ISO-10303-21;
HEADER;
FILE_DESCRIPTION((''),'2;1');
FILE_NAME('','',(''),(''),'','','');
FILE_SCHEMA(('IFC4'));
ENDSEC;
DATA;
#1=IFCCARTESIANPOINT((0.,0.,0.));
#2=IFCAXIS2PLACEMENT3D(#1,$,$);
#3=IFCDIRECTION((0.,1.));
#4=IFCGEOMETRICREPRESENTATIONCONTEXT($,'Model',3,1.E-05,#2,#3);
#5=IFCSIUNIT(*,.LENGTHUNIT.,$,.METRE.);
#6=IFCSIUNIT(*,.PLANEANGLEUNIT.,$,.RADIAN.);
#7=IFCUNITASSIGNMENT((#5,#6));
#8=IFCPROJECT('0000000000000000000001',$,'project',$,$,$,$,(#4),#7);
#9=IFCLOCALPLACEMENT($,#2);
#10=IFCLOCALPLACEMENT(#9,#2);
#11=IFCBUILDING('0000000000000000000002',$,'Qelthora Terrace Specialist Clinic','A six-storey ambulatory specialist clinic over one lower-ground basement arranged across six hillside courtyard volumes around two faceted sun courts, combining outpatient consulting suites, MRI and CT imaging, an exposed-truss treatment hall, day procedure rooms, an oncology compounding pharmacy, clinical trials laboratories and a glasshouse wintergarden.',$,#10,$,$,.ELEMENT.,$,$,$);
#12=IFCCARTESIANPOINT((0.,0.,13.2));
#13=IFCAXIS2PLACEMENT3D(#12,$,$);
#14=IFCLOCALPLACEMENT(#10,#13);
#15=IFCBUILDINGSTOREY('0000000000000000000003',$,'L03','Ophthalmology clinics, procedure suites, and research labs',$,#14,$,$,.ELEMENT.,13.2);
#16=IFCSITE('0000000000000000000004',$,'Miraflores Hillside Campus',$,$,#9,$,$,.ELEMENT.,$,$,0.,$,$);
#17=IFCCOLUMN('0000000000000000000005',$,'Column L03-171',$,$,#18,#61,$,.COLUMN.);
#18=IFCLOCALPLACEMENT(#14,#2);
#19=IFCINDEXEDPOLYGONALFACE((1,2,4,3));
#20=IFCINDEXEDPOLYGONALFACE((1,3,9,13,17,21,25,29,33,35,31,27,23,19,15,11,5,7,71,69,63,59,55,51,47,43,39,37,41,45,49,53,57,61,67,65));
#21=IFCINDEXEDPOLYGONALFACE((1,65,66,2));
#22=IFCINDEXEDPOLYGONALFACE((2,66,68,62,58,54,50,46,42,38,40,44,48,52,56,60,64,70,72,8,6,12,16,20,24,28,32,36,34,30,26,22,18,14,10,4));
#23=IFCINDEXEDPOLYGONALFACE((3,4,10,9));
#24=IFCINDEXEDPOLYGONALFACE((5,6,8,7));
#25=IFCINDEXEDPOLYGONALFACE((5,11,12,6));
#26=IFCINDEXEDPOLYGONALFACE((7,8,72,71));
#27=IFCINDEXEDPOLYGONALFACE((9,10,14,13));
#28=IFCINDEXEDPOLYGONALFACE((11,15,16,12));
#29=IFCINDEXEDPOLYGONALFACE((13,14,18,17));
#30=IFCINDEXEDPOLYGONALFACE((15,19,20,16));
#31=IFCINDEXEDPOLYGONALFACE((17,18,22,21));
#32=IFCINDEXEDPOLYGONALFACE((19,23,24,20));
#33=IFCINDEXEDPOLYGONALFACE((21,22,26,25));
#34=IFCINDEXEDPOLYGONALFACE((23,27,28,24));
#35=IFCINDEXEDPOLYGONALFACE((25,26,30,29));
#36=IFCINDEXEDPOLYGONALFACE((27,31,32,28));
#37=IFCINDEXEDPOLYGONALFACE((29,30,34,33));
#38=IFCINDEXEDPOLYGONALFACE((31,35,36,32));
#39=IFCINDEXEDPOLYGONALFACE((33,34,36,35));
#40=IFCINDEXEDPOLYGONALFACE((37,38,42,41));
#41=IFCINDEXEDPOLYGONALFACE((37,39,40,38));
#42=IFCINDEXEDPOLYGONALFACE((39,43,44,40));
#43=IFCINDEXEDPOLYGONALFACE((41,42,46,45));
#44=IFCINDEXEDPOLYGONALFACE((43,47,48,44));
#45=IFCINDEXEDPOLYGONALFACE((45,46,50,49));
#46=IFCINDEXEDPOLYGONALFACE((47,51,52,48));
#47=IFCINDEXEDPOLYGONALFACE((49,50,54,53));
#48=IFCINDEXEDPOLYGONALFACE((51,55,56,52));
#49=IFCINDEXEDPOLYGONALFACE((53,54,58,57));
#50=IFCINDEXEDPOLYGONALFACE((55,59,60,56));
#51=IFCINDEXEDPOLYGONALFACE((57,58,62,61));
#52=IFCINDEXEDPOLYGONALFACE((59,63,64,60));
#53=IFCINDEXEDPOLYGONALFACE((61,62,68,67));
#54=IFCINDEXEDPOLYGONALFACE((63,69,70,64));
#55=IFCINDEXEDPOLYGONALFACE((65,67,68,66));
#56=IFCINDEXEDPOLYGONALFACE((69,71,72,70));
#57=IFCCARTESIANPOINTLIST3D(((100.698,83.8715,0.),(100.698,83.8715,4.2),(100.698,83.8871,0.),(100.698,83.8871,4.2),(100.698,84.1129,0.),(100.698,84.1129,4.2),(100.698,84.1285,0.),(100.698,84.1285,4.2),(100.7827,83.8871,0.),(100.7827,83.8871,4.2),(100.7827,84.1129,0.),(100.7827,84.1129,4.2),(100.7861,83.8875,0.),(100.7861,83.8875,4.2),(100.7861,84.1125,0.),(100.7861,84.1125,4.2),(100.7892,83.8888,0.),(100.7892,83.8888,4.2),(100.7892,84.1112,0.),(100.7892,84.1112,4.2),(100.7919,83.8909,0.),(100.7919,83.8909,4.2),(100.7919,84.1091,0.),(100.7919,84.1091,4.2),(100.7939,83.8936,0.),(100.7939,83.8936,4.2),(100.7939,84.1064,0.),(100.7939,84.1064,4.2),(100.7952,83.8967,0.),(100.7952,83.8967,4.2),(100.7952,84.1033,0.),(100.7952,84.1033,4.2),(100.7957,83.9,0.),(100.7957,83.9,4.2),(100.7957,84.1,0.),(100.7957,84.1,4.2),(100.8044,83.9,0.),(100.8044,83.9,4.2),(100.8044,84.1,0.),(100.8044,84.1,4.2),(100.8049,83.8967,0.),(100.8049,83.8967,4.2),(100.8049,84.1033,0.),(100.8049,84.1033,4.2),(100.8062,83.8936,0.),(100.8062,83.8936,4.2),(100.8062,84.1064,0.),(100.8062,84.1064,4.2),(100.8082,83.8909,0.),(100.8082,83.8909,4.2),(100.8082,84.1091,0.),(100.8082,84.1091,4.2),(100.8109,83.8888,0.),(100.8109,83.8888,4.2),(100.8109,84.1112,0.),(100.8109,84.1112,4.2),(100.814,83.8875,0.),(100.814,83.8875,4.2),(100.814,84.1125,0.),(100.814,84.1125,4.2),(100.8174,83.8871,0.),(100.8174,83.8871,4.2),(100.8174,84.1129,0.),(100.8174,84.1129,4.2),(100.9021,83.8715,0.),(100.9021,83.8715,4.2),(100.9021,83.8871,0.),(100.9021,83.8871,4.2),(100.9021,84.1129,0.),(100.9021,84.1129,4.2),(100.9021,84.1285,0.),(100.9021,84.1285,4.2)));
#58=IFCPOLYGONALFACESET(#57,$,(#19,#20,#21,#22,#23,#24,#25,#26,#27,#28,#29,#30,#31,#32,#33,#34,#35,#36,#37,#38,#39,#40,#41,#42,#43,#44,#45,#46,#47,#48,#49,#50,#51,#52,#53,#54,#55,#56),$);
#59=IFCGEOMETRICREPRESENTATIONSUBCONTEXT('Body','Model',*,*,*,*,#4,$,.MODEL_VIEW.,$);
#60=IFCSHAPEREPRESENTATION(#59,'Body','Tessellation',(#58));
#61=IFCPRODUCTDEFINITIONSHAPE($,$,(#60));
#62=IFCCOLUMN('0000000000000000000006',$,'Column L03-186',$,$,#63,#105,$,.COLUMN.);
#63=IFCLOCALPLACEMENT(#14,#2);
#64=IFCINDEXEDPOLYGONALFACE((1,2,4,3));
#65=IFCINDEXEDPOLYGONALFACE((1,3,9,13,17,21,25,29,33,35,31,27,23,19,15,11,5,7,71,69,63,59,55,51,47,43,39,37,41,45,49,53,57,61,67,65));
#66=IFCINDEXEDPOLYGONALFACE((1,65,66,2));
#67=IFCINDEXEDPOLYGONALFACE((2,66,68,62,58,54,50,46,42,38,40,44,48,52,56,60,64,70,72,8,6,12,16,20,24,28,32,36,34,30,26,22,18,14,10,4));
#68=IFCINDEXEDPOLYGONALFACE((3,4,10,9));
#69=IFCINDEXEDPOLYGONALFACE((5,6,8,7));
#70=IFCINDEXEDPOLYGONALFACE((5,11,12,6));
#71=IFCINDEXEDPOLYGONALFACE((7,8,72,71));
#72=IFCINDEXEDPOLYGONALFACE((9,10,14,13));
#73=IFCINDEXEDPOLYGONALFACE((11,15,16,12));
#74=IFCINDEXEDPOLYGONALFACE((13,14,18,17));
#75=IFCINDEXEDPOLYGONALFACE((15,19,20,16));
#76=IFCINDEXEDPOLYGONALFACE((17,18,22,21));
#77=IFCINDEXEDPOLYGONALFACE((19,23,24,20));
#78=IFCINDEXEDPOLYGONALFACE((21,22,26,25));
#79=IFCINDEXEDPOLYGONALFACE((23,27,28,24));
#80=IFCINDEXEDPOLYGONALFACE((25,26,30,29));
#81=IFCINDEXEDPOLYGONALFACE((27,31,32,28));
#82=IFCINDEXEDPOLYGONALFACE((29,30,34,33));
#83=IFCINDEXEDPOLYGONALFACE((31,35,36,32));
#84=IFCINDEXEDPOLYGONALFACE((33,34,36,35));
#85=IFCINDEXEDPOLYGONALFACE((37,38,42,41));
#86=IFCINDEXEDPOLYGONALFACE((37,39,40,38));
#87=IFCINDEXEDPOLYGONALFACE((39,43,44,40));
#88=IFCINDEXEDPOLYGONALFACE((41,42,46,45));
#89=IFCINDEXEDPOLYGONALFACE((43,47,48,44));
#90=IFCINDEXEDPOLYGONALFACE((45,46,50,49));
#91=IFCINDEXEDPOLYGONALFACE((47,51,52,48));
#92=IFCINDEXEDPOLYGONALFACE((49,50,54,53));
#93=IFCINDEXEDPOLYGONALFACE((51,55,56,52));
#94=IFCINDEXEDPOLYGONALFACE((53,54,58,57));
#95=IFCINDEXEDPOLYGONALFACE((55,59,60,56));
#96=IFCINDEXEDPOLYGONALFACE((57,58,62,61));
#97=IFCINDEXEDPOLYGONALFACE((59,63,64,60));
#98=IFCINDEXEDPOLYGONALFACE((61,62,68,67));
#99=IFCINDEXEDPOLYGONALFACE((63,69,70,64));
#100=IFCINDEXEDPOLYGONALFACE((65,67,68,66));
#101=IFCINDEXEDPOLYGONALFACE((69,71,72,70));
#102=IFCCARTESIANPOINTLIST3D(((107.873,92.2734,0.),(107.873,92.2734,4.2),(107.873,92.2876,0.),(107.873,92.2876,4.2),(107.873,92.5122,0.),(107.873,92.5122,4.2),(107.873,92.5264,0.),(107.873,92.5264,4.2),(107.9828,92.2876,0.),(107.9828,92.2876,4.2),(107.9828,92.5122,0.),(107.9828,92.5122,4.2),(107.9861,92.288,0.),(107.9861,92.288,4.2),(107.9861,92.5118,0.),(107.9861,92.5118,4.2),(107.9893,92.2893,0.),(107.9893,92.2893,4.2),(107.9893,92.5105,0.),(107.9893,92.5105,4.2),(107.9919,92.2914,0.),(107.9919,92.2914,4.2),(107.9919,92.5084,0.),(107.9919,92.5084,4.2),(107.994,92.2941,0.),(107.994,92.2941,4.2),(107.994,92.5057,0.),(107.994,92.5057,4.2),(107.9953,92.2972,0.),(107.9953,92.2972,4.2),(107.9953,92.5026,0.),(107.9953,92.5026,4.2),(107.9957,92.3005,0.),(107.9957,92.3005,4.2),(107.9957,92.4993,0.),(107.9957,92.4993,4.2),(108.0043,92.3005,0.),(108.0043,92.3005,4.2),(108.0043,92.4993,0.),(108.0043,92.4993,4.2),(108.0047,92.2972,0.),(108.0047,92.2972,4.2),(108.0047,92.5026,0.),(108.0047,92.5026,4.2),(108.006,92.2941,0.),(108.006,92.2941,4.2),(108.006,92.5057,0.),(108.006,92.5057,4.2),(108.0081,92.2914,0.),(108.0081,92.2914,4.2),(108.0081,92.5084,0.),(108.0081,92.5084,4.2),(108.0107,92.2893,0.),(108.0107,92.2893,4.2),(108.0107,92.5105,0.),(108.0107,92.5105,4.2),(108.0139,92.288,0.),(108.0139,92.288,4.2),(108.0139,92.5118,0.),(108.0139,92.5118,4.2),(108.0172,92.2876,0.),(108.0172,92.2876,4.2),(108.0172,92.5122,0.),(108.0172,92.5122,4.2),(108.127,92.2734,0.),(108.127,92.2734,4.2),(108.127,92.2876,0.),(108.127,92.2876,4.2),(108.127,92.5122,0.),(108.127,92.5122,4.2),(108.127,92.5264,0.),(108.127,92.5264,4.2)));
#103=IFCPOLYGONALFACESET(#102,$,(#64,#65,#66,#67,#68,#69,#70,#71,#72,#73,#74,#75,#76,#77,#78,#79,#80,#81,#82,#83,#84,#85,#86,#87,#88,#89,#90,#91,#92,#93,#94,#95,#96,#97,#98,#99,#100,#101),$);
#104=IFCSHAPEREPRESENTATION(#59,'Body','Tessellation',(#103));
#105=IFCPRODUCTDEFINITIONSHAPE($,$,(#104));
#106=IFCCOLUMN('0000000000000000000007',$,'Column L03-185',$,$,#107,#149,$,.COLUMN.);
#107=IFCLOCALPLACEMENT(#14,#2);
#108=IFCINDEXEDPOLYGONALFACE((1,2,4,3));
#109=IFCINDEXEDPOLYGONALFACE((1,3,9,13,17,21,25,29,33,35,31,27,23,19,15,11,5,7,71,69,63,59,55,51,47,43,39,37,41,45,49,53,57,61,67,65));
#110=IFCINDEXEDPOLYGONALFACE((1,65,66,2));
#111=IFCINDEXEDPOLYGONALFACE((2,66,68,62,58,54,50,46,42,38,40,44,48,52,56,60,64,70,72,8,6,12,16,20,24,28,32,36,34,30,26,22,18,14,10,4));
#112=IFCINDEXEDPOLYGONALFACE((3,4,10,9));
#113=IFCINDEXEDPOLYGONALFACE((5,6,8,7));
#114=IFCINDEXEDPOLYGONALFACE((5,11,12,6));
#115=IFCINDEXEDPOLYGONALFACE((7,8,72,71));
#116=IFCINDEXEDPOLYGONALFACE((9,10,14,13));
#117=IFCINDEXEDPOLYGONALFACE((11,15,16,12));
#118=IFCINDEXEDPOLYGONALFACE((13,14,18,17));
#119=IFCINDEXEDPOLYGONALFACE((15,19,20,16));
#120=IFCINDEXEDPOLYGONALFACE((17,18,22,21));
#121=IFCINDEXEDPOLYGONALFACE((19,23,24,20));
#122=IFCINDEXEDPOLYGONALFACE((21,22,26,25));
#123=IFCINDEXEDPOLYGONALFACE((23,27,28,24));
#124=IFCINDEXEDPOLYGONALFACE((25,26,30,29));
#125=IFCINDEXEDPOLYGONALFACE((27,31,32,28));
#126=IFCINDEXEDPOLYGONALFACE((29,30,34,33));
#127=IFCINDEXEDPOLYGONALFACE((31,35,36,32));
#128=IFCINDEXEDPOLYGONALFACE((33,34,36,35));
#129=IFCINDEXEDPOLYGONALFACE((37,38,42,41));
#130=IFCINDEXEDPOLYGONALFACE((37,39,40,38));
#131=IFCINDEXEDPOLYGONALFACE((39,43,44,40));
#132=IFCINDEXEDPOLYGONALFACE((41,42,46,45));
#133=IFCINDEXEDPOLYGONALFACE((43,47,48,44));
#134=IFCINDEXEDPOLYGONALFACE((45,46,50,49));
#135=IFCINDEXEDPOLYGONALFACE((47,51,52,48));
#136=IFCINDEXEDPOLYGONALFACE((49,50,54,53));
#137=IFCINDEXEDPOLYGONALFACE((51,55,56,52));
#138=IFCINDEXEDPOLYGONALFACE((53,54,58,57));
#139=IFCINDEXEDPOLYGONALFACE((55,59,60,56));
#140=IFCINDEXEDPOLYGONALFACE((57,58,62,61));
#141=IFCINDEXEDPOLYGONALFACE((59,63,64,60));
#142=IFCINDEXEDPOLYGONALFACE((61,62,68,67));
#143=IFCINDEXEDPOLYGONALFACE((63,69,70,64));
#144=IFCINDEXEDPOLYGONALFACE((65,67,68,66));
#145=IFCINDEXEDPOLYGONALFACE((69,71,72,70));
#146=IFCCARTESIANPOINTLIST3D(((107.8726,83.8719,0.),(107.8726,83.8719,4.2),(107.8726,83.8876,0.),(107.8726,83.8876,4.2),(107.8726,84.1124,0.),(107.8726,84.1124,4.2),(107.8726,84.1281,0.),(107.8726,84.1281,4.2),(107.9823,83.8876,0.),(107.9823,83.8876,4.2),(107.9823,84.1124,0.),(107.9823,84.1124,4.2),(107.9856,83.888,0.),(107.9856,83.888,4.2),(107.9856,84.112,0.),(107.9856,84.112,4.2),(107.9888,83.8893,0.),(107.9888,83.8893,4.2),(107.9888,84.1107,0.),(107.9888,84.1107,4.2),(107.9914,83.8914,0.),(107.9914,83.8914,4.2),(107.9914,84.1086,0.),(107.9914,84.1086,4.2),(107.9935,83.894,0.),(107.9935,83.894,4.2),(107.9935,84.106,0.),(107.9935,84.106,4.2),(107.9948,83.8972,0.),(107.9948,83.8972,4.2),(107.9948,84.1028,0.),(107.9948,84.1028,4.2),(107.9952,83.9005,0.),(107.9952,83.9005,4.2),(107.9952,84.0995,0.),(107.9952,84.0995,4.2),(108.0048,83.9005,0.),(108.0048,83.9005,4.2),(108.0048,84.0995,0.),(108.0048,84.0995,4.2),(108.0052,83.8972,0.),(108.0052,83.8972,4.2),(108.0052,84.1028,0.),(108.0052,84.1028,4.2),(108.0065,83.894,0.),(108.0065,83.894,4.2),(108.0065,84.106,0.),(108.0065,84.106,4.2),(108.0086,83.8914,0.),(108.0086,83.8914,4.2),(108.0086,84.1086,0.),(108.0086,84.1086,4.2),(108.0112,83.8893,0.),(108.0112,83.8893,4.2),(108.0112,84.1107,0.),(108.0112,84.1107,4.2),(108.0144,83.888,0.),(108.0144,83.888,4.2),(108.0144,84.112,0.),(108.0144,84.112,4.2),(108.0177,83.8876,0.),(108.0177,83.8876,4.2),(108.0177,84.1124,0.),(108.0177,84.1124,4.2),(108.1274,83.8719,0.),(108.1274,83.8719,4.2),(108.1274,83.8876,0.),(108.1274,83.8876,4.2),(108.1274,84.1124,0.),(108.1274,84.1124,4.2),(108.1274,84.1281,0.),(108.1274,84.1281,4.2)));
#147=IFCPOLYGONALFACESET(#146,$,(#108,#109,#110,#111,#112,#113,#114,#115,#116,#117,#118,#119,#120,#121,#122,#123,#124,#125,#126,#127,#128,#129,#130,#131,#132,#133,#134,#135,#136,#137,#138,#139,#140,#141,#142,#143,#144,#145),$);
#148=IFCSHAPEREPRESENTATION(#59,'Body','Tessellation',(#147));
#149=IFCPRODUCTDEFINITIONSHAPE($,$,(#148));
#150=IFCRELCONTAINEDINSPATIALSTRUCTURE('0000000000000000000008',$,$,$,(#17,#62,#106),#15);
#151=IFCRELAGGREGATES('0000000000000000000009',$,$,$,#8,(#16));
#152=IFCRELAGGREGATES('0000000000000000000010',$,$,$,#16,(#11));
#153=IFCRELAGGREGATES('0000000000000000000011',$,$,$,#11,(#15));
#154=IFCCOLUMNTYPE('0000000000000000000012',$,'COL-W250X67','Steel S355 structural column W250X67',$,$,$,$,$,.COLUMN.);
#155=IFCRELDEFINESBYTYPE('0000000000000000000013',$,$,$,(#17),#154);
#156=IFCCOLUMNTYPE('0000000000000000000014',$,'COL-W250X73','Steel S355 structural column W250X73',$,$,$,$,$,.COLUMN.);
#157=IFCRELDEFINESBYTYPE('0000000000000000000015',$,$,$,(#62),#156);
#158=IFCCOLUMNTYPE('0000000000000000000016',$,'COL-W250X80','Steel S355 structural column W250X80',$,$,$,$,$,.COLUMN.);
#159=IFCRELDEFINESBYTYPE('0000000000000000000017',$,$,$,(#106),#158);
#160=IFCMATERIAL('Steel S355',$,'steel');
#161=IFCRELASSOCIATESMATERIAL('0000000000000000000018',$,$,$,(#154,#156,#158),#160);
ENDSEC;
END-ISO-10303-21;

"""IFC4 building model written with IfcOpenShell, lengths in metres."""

from ifc_helpers import new_model, si_unit, direction, frame, origin, origin_2d, place, context, subcontext, project, spatial, i_section, extrude, material, material_profile, profile_set, type_object, element, save


model = new_model("IFC4")

# Units and contexts
model_context = context("Model", 3, precision=1e-05, world=origin(), true_north=direction((0.0, 1.0)))
body_context = subcontext(model_context, "Body", "Model", "MODEL_VIEW")
ifc_project = project(units=[si_unit("LENGTHUNIT", "METRE"), si_unit("PLANEANGLEUNIT", "RADIAN")], contexts=[model_context])

# Site, building, storey
site_placement = place(None, origin())
site = spatial("IfcSite", under=ifc_project, at=site_placement, Name="Miraflores Hillside Campus", CompositionType="ELEMENT", RefElevation=0.0)
building_placement = place(site_placement, origin())
building = spatial("IfcBuilding", under=site, at=building_placement, Name="Qelthora Terrace Specialist Clinic", Description="A six-storey ambulatory specialist clinic over one lower-ground basement arranged across six hillside courtyard volumes around two faceted sun courts, combining outpatient consulting suites, MRI and CT imaging, an exposed-truss treatment hall, day procedure rooms, an oncology compounding pharmacy, clinical trials laboratories and a glasshouse wintergarden.", CompositionType="ELEMENT")
storey_placement = place(building_placement, frame((0.0, 0.0, 13.2)))
storey = spatial("IfcBuildingStorey", under=building, at=storey_placement, Name="L03", Description="Ophthalmology clinics, procedure suites, and research labs", CompositionType="ELEMENT", Elevation=13.2)

# Columns
ifc_material_1 = material(Name="Steel S355", Category="steel")
ifc_material_profile_1 = material_profile(ifc_material_1, i_section(OverallWidth=0.2041, OverallDepth=0.2571, WebThickness=0.0088, FlangeThickness=0.0156, FilletRadius=0.0129, at=origin_2d()), Name="W250X67")
ifc_profile_set_1 = profile_set([ifc_material_profile_1], Name="Steel S355")
column_type_1 = type_object("IfcColumnType", Name="COL-W250X67", Description="Steel S355 structural column W250X67", PredefinedType="COLUMN", material=ifc_profile_set_1)
column_1_placement = place(storey_placement, frame((100.8, 84.0, 0.0), z_axis=(0.0, 0.0, 1.0), x_axis=(1.0, 0.0, 0.0)))
element("IfcColumn", 1, at=column_1_placement, inside=storey, type_object=column_type_1, Name="Column L03-171", PredefinedType="COLUMN", context=body_context, shape_type="SweptSolid", body=[
    extrude(i_section(OverallWidth=0.2041, OverallDepth=0.2571, WebThickness=0.0088, FlangeThickness=0.0156, FilletRadius=0.0129, at=origin_2d()), origin(), (0.0, 0.0, 1.0), 4.2),
])
ifc_material_profile_2 = material_profile(ifc_material_1, i_section(OverallWidth=0.2539, OverallDepth=0.2529, WebThickness=0.0085, FlangeThickness=0.0142, FilletRadius=0.0129, at=origin_2d()), Name="W250X73")
ifc_profile_set_2 = profile_set([ifc_material_profile_2], Name="Steel S355")
column_type_2 = type_object("IfcColumnType", Name="COL-W250X73", Description="Steel S355 structural column W250X73", PredefinedType="COLUMN", material=ifc_profile_set_2)
column_2_placement = place(storey_placement, frame((108.0, 92.3999, 0.0), z_axis=(0.0, 0.0, 1.0), x_axis=(1.0, 0.0, 0.0)))
element("IfcColumn", 2, at=column_2_placement, inside=storey, type_object=column_type_2, Name="Column L03-186", PredefinedType="COLUMN", context=body_context, shape_type="SweptSolid", body=[
    extrude(i_section(OverallWidth=0.2539, OverallDepth=0.2529, WebThickness=0.0085, FlangeThickness=0.0142, FilletRadius=0.0129, at=origin_2d()), origin(), (0.0, 0.0, 1.0), 4.2),
])
ifc_material_profile_3 = material_profile(ifc_material_1, i_section(OverallWidth=0.2549, OverallDepth=0.2561, WebThickness=0.0095, FlangeThickness=0.0156, FilletRadius=0.0129, at=origin_2d()), Name="W250X80")
ifc_profile_set_3 = profile_set([ifc_material_profile_3], Name="Steel S355")
column_type_3 = type_object("IfcColumnType", Name="COL-W250X80", Description="Steel S355 structural column W250X80", PredefinedType="COLUMN", material=ifc_profile_set_3)
column_3_placement = place(storey_placement, frame((108.0, 84.0, 0.0), z_axis=(0.0, 0.0, 1.0), x_axis=(1.0, 0.0, 0.0)))
element("IfcColumn", 3, at=column_3_placement, inside=storey, type_object=column_type_3, Name="Column L03-185", PredefinedType="COLUMN", context=body_context, shape_type="SweptSolid", body=[
    extrude(i_section(OverallWidth=0.2549, OverallDepth=0.2561, WebThickness=0.0095, FlangeThickness=0.0156, FilletRadius=0.0129, at=origin_2d()), origin(), (0.0, 0.0, 1.0), 4.2),
])

save(model, "model.ifc")
